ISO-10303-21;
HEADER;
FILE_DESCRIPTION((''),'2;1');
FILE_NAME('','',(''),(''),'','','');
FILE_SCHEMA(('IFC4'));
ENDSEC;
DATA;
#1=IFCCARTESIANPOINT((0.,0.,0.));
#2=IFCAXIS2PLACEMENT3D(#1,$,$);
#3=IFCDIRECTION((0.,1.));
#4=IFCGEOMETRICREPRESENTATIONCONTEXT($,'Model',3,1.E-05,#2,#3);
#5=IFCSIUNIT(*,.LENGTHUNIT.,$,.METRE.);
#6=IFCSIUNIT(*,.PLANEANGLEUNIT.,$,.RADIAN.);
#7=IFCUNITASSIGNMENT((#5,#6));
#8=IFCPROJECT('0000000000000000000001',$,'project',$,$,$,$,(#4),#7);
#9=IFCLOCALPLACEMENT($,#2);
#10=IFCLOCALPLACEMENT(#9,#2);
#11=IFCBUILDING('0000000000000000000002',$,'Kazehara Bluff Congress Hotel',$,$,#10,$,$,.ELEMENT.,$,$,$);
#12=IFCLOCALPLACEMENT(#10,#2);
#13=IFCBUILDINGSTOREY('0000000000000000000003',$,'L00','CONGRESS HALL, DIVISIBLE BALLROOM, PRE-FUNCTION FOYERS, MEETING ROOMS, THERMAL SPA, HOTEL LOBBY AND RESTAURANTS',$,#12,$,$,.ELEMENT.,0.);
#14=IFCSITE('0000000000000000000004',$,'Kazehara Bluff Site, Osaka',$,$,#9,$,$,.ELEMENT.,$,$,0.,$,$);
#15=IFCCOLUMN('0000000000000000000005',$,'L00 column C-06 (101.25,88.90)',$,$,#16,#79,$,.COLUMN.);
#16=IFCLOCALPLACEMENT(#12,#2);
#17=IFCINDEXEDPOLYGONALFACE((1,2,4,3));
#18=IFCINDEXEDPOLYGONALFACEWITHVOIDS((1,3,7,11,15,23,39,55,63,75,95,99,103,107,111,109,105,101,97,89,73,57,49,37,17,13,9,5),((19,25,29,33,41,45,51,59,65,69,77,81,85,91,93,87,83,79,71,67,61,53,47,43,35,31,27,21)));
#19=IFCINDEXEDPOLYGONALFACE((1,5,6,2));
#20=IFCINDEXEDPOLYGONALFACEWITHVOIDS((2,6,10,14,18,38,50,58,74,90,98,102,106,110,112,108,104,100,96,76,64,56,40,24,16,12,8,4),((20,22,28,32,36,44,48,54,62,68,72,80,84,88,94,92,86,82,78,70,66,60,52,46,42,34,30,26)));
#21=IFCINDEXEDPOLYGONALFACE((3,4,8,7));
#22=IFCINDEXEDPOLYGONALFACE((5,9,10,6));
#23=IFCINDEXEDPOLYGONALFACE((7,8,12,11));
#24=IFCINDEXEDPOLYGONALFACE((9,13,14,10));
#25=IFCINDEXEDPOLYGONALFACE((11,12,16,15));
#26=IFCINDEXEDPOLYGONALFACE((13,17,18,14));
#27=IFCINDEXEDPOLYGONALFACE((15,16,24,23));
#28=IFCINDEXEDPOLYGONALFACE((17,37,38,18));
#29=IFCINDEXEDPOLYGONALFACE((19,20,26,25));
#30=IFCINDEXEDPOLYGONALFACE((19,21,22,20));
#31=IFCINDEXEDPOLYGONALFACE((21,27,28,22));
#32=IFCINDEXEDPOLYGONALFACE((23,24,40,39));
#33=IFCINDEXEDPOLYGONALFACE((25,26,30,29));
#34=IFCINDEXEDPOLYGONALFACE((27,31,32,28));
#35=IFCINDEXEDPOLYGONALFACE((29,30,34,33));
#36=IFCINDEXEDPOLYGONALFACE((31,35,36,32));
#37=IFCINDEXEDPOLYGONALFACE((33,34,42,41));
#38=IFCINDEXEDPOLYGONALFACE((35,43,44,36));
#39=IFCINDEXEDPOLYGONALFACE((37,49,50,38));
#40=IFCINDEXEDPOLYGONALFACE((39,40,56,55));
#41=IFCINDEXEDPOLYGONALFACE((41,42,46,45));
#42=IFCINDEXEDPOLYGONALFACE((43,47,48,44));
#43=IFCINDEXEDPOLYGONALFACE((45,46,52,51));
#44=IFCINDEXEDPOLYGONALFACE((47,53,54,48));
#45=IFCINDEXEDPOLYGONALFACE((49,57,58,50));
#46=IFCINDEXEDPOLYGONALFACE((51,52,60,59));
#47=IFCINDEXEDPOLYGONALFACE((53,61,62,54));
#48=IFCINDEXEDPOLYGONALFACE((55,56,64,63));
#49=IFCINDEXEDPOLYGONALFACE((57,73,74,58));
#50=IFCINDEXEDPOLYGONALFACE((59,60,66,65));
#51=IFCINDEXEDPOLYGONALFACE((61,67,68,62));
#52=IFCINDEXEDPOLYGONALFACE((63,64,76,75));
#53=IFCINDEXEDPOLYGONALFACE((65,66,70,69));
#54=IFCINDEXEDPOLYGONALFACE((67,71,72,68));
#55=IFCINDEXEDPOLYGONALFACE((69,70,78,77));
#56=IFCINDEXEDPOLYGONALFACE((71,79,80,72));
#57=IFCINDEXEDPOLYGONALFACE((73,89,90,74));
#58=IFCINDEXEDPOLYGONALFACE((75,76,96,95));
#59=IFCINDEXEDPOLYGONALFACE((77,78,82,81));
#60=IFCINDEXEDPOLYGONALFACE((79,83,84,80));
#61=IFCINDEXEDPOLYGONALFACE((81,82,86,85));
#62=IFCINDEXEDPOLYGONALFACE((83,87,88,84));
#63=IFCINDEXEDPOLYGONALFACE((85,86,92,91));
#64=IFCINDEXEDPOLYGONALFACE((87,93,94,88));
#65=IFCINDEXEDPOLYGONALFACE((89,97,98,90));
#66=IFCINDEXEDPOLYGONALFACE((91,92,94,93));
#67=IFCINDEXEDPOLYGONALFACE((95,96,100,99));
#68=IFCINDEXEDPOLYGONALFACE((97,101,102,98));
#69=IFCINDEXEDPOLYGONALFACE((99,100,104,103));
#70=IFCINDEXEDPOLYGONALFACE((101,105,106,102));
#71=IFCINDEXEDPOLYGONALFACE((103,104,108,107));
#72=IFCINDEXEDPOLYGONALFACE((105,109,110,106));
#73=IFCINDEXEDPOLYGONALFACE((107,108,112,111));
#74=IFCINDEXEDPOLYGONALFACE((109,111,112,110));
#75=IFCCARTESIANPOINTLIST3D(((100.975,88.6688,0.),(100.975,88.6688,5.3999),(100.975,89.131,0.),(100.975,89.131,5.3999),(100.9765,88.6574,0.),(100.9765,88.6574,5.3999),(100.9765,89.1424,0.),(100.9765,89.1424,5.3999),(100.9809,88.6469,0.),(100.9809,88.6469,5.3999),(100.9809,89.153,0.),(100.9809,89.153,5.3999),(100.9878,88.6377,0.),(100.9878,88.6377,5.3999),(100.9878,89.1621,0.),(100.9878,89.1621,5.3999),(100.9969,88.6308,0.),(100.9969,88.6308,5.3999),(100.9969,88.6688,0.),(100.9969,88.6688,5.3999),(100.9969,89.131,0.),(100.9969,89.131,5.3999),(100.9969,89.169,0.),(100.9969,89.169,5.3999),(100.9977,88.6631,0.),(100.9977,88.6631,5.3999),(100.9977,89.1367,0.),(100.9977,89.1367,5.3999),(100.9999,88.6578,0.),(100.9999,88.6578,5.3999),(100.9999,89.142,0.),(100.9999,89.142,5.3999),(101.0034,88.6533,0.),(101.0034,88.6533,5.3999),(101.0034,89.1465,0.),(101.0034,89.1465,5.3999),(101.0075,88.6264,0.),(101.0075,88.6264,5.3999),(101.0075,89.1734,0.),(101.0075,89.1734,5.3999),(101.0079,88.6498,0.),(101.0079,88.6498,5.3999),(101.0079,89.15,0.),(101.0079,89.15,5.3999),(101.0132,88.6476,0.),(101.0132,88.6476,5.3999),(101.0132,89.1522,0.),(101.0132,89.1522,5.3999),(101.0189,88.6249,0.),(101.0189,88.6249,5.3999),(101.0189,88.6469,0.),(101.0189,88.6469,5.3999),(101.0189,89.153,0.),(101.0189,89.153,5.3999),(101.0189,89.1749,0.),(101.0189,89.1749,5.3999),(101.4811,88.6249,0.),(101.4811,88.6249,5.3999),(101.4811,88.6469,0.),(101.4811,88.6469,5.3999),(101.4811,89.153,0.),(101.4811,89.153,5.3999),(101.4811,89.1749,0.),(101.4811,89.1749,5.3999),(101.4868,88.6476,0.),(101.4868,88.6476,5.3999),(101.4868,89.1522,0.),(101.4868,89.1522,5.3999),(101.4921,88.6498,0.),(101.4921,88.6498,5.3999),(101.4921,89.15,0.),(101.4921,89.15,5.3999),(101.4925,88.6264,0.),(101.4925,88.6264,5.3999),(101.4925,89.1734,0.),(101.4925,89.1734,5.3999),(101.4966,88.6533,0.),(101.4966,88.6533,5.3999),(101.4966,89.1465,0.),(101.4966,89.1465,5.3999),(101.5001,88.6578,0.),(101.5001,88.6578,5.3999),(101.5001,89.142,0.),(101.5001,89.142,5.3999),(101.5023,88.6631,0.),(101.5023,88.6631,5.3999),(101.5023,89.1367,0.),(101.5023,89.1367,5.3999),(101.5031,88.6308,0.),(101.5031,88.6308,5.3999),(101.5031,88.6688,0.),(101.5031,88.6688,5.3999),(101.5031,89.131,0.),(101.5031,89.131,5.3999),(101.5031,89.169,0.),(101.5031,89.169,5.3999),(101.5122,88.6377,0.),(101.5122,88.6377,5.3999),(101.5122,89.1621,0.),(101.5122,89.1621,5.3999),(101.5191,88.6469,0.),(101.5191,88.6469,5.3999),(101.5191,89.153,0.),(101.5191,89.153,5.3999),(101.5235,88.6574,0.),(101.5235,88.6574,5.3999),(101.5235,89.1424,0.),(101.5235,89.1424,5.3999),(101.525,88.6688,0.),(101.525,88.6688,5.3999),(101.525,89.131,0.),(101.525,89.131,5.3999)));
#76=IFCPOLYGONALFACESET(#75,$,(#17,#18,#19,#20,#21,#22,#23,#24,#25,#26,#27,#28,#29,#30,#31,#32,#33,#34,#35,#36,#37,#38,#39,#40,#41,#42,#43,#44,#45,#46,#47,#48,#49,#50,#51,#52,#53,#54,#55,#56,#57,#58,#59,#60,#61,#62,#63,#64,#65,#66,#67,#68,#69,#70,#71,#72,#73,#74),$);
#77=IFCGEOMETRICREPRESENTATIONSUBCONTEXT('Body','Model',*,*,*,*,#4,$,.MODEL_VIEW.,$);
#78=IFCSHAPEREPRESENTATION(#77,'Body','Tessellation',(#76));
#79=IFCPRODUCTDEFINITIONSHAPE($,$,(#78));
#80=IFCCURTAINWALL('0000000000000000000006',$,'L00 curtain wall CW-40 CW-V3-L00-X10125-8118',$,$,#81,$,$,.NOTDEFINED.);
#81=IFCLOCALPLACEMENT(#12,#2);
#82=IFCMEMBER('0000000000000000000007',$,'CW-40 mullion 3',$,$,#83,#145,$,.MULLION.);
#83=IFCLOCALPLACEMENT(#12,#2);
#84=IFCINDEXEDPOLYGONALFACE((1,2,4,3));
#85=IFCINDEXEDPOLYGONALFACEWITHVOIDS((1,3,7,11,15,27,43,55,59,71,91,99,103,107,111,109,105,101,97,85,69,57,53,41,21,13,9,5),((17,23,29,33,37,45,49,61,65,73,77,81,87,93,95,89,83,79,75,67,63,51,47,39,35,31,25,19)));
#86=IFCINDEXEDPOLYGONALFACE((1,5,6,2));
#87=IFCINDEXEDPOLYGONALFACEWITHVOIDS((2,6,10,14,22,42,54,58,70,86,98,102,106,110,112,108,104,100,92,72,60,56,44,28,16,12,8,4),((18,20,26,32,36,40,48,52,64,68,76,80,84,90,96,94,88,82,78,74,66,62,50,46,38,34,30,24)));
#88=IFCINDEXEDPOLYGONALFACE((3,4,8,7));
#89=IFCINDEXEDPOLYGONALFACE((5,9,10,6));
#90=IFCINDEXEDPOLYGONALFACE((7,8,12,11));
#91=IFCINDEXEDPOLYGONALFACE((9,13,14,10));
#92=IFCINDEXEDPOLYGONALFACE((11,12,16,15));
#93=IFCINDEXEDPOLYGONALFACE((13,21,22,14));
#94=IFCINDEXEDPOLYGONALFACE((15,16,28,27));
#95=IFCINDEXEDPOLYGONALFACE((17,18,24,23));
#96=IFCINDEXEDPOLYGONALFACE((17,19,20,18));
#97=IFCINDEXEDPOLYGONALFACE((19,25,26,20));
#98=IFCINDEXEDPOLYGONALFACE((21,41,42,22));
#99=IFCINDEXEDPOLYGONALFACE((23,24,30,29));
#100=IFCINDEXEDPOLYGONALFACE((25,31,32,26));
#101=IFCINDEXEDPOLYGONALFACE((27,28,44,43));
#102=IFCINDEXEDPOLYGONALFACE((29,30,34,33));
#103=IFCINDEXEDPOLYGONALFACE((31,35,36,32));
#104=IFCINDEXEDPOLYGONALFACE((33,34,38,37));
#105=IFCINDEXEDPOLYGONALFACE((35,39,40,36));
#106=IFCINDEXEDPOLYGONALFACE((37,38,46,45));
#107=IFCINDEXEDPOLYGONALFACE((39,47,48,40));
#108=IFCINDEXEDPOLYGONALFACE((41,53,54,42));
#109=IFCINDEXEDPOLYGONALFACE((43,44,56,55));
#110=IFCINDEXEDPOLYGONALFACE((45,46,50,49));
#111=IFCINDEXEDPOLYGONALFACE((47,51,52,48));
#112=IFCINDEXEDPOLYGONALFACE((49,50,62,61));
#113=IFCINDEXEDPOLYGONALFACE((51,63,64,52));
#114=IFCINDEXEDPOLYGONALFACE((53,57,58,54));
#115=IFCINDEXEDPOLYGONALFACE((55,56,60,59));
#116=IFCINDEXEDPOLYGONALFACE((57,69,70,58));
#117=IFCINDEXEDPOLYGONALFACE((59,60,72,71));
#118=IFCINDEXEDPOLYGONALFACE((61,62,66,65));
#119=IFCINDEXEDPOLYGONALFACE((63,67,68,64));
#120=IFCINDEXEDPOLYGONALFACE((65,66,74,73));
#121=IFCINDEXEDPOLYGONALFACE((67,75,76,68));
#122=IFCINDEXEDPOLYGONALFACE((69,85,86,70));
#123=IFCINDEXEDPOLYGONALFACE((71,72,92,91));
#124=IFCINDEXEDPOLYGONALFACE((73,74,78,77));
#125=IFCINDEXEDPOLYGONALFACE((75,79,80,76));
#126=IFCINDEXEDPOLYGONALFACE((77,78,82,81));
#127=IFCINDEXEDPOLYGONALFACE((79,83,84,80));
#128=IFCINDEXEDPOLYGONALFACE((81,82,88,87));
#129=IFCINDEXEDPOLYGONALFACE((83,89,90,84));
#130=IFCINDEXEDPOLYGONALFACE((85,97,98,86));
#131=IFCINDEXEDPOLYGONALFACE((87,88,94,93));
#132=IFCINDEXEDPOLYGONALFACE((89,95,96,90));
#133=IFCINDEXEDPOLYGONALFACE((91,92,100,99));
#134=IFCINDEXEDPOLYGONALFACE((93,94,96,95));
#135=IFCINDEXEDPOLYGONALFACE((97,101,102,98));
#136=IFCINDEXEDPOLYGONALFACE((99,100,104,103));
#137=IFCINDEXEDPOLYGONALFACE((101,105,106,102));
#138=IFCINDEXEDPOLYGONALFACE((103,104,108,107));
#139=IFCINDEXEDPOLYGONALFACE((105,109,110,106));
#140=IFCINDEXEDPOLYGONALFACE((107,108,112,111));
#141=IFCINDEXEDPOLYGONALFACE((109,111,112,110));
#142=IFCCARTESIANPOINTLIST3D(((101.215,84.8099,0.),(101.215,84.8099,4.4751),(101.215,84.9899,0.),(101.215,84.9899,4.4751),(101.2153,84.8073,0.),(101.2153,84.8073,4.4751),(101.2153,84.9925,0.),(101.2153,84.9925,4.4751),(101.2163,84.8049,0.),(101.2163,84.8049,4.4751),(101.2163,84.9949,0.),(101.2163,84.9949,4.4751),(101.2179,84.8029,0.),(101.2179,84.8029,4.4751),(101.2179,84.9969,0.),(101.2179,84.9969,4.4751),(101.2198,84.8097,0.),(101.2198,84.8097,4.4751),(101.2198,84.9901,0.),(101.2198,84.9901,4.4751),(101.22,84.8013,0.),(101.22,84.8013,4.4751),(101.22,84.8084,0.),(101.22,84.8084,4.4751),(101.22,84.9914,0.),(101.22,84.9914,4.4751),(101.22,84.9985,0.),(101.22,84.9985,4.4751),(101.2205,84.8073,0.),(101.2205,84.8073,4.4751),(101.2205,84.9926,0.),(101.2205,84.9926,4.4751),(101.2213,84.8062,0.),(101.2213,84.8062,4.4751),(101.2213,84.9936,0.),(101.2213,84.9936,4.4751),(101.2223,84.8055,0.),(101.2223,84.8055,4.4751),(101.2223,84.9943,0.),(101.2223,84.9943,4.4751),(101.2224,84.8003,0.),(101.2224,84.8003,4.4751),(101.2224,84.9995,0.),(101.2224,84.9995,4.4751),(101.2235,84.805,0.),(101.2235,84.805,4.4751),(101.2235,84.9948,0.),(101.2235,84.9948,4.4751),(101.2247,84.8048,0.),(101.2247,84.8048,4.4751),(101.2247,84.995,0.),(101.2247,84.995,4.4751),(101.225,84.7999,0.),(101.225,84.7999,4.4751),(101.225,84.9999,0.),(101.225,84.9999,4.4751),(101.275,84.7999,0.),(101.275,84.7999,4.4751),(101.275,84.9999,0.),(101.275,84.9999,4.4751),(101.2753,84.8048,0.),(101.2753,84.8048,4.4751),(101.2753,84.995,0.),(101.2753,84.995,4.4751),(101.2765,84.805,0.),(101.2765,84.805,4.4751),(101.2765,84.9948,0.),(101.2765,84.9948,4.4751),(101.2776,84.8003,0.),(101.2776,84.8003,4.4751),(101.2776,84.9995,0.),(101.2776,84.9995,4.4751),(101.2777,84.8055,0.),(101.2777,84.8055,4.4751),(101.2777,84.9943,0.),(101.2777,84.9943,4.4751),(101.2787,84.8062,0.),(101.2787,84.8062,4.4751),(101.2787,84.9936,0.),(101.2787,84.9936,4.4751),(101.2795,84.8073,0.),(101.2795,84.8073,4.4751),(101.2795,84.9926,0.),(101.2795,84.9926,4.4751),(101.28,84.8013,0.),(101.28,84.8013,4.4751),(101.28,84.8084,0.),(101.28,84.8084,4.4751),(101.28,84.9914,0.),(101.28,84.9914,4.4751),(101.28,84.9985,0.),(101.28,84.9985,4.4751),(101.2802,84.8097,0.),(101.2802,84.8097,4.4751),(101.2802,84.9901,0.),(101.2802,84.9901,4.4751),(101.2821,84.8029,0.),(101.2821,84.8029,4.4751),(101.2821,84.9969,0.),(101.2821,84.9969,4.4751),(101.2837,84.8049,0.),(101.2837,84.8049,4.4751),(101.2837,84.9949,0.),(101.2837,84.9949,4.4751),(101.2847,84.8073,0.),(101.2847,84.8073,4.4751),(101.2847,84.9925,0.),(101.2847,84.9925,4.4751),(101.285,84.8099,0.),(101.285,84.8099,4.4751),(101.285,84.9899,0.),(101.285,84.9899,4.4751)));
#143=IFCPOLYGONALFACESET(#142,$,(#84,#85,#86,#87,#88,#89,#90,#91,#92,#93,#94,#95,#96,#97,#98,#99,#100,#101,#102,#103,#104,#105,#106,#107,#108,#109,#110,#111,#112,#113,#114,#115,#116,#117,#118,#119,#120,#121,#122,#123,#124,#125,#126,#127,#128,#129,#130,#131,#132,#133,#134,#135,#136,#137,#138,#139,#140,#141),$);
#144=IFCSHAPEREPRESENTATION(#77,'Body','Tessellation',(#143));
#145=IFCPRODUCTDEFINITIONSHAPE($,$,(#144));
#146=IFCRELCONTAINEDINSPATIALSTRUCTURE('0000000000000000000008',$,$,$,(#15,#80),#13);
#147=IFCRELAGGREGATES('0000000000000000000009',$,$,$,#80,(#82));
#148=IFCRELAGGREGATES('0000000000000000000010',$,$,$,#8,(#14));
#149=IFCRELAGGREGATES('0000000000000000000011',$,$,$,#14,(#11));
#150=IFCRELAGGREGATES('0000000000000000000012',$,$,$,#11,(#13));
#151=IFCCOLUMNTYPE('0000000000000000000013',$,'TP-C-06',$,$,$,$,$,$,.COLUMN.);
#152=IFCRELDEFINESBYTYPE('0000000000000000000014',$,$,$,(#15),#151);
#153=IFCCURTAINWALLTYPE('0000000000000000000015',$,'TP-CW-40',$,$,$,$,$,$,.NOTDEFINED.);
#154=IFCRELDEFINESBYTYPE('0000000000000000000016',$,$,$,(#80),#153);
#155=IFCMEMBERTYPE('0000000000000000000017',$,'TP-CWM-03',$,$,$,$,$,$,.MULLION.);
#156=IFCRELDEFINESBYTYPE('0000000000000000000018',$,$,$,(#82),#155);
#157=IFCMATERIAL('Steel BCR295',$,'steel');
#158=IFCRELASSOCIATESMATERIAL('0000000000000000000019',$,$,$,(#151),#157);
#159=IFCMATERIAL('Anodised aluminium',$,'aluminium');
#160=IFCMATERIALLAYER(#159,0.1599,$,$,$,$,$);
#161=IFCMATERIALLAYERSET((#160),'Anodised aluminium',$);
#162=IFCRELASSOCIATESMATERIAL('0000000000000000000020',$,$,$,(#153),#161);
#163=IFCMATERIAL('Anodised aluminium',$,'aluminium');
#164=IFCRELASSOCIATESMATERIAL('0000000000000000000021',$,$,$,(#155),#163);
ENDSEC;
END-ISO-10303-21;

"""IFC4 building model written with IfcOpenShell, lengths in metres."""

from ifc_helpers import new_model, si_unit, direction, frame, origin, origin_2d, place, context, subcontext, project, spatial, hollow_rectangle, extrude, material, layer, layer_set, material_profile, profile_set, type_object, element, aggregate, save


model = new_model("IFC4")

# Units and contexts
model_context = context("Model", 3, precision=1e-05, world=origin(), true_north=direction((0.0, 1.0)))
body_context = subcontext(model_context, "Body", "Model", "MODEL_VIEW")
ifc_project = project(units=[si_unit("LENGTHUNIT", "METRE"), si_unit("PLANEANGLEUNIT", "RADIAN")], contexts=[model_context])

# Site, building, storey
site_placement = place(None, origin())
site = spatial("IfcSite", under=ifc_project, at=site_placement, Name="Kazehara Bluff Site, Osaka", CompositionType="ELEMENT", RefElevation=0.0)
building_placement = place(site_placement, origin())
building = spatial("IfcBuilding", under=site, at=building_placement, Name="Kazehara Bluff Congress Hotel", CompositionType="ELEMENT")
storey_placement = place(building_placement, origin())
storey = spatial("IfcBuildingStorey", under=building, at=storey_placement, Name="L00", Description="CONGRESS HALL, DIVISIBLE BALLROOM, PRE-FUNCTION FOYERS, MEETING ROOMS, THERMAL SPA, HOTEL LOBBY AND RESTAURANTS", CompositionType="ELEMENT", Elevation=0.0)

# Column
ifc_material_1 = material(Name="Steel BCR295", Category="steel")
ifc_material_profile_1 = material_profile(ifc_material_1, hollow_rectangle(XDim=0.55, YDim=0.55, WallThickness=0.022, InnerFilletRadius=0.022, OuterFilletRadius=0.0439, at=origin_2d()))
ifc_profile_set_1 = profile_set([ifc_material_profile_1], Name="Steel BCR295")
column_type = type_object("IfcColumnType", Name="TP-C-06", PredefinedType="COLUMN", material=ifc_profile_set_1)
column_placement = place(storey_placement, frame((101.25, 88.8999, 0.0), z_axis=(0.0, 0.0, 1.0), x_axis=(1.0, 0.0, 0.0)))
element("IfcColumn", 1, at=column_placement, inside=storey, type_object=column_type, Name="L00 column C-06 (101.25,88.90)", PredefinedType="COLUMN", context=body_context, shape_type="SweptSolid", body=[
    extrude(hollow_rectangle(XDim=0.55, YDim=0.55, WallThickness=0.022, InnerFilletRadius=0.022, OuterFilletRadius=0.0439, at=origin_2d()), origin(), (0.0, 0.0, 1.0), 5.3999),
])

# Curtain wall, member
ifc_material_2 = material(Name="Anodised aluminium", Category="aluminium")
ifc_layer_1 = layer(ifc_material_2, 0.1599)
ifc_layer_set_1 = layer_set([ifc_layer_1], Name="Anodised aluminium")
curtain_wall_type = type_object("IfcCurtainWallType", Name="TP-CW-40", PredefinedType="NOTDEFINED", material=ifc_layer_set_1)
curtain_wall_1_placement = place(storey_placement, origin())
curtain_wall_1 = element("IfcCurtainWall", 2, at=curtain_wall_1_placement, inside=storey, type_object=curtain_wall_type, Name="L00 curtain wall CW-40 CW-V3-L00-X10125-8118", PredefinedType="NOTDEFINED")
ifc_material_3 = material(Name="Anodised aluminium", Category="aluminium")
ifc_material_profile_2 = material_profile(ifc_material_3, hollow_rectangle(XDim=0.0701, YDim=0.2, WallThickness=0.0049, InnerFilletRadius=0.0049, OuterFilletRadius=0.01, at=origin_2d()))
ifc_profile_set_2 = profile_set([ifc_material_profile_2], Name="Anodised aluminium")
member_type_1 = type_object("IfcMemberType", Name="TP-CWM-03", PredefinedType="MULLION", material=ifc_profile_set_2)
member_1_placement = place(storey_placement, frame((101.25, 84.8999, 0.0), z_axis=(0.0, 0.0, 1.0), x_axis=(-1.0, 0.0, 0.0)))
member_1 = element("IfcMember", 3, at=member_1_placement, type_object=member_type_1, Name="CW-40 mullion 3", PredefinedType="MULLION", context=body_context, shape_type="SweptSolid", body=[
    extrude(hollow_rectangle(XDim=0.0701, YDim=0.2, WallThickness=0.0049, InnerFilletRadius=0.0049, OuterFilletRadius=0.01, at=origin_2d()), origin(), (0.0, 0.0, 1.0), 4.4751),
])

aggregate(curtain_wall_1, [member_1])

save(model, "model.ifc")
